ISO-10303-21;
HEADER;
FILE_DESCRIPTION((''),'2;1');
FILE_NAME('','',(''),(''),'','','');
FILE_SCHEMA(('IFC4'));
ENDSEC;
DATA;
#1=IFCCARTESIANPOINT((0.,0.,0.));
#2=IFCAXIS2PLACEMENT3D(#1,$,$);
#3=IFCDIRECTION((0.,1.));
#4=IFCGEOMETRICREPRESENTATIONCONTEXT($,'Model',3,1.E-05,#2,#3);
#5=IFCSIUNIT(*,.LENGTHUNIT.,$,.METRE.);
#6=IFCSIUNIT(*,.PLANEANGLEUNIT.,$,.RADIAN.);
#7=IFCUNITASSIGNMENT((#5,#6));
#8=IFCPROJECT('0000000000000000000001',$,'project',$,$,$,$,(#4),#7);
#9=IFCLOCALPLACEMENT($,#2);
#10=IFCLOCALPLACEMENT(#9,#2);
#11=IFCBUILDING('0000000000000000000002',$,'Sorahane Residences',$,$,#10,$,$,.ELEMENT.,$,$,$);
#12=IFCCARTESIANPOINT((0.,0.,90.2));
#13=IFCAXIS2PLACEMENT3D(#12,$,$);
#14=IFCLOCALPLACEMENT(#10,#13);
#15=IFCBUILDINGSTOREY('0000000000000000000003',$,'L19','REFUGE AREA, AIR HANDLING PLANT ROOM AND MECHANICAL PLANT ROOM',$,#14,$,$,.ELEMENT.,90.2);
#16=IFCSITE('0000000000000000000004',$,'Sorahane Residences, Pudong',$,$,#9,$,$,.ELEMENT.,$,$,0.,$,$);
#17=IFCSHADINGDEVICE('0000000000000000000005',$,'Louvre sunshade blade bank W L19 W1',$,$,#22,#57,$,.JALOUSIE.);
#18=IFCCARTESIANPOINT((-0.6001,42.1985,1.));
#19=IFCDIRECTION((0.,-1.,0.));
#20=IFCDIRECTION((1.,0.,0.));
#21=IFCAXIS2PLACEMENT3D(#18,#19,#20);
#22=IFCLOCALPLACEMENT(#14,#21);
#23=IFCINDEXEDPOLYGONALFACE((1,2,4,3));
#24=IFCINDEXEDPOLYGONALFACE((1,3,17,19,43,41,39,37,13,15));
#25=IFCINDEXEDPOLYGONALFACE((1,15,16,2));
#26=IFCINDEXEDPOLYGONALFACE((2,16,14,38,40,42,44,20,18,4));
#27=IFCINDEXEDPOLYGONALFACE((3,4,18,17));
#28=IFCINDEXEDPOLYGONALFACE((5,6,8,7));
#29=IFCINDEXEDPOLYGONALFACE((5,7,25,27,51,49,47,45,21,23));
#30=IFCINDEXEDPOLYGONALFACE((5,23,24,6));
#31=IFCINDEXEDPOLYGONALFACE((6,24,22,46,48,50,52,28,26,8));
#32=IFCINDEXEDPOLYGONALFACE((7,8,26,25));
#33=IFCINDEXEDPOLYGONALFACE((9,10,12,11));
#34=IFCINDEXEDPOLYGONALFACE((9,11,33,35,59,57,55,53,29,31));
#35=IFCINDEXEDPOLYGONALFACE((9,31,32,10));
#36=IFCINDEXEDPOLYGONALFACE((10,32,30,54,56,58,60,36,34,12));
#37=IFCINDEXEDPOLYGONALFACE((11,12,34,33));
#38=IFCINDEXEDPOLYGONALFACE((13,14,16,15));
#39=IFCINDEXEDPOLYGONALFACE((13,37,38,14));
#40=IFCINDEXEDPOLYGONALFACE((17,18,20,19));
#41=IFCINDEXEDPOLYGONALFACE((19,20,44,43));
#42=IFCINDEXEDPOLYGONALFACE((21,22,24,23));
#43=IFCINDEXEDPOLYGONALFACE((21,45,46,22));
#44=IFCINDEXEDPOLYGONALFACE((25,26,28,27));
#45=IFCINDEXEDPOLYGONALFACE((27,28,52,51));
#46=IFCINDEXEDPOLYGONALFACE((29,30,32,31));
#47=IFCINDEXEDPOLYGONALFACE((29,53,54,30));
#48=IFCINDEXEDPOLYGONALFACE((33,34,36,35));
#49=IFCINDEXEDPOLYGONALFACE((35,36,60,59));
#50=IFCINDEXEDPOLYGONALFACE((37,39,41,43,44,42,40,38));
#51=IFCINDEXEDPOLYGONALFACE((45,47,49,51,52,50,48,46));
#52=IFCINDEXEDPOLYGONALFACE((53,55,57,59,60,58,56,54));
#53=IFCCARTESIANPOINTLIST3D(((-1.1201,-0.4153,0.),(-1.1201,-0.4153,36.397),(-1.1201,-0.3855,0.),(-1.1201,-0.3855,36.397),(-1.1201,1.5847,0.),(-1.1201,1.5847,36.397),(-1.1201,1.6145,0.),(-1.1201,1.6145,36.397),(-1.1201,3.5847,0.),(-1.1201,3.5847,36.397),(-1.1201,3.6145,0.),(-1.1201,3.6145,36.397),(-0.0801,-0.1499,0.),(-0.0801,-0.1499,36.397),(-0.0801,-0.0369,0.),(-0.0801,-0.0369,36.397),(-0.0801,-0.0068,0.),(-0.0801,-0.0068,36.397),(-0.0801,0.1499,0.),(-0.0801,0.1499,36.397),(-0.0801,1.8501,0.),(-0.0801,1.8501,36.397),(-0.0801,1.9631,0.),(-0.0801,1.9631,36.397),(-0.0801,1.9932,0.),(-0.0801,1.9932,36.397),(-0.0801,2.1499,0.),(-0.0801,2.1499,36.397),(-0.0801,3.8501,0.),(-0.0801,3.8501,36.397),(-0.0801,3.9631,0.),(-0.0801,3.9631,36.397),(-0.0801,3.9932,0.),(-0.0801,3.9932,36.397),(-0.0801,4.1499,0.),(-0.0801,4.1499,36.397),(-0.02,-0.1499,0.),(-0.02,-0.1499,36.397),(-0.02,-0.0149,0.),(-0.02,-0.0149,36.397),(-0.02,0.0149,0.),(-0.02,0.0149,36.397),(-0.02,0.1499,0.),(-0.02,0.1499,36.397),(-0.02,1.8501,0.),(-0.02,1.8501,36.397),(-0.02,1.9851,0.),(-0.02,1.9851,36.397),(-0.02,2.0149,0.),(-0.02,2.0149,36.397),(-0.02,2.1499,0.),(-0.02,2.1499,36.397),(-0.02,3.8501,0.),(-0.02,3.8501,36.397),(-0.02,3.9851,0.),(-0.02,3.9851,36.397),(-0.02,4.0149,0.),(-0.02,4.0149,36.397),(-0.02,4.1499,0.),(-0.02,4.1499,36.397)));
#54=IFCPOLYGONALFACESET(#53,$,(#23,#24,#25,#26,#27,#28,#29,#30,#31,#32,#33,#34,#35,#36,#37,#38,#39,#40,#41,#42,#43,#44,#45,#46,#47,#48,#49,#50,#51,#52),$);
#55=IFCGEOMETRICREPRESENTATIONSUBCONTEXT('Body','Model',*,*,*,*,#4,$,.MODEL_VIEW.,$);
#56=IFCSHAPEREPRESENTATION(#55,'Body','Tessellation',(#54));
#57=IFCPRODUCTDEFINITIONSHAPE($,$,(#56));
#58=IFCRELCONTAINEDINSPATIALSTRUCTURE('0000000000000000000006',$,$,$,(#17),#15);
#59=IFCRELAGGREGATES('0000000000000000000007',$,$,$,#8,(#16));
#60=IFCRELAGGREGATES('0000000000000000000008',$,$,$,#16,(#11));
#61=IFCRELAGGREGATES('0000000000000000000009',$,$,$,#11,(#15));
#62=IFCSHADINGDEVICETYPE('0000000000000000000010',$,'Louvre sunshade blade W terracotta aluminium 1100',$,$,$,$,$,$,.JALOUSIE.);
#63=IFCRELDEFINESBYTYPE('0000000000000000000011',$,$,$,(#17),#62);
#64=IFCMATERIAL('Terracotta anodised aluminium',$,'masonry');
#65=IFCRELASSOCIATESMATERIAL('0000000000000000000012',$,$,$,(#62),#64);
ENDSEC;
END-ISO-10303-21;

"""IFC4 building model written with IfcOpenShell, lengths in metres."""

from ifc_helpers import new_model, si_unit, direction, frame, origin, place, context, subcontext, project, spatial, polyline, outline, composite_profile, extrude, material, type_object, element, save


model = new_model("IFC4")

# Units and contexts
model_context = context("Model", 3, precision=1e-05, world=origin(), true_north=direction((0.0, 1.0)))
body_context = subcontext(model_context, "Body", "Model", "MODEL_VIEW")
ifc_project = project(units=[si_unit("LENGTHUNIT", "METRE"), si_unit("PLANEANGLEUNIT", "RADIAN")], contexts=[model_context])

# Site, building, storey
site_placement = place(None, origin())
site = spatial("IfcSite", under=ifc_project, at=site_placement, Name="Sorahane Residences, Pudong", CompositionType="ELEMENT", RefElevation=0.0)
building_placement = place(site_placement, origin())
building = spatial("IfcBuilding", under=site, at=building_placement, Name="Sorahane Residences", CompositionType="ELEMENT")
storey_placement = place(building_placement, frame((0.0, 0.0, 90.2)))
storey = spatial("IfcBuildingStorey", under=building, at=storey_placement, Name="L19", Description="REFUGE AREA, AIR HANDLING PLANT ROOM AND MECHANICAL PLANT ROOM", CompositionType="ELEMENT", Elevation=90.2)

# Shading device
ifc_material_1 = material(Name="Terracotta anodised aluminium", Category="masonry")
shading_device_type = type_object("IfcShadingDeviceType", Name="Louvre sunshade blade W terracotta aluminium 1100", PredefinedType="JALOUSIE", material=ifc_material_1)
shading_device_placement = place(storey_placement, frame((-0.6001, 42.1985, 1.0), z_axis=(0.0, -1.0, 0.0), x_axis=(1.0, 0.0, 0.0)))
element("IfcShadingDevice", 1, at=shading_device_placement, inside=storey, type_object=shading_device_type, Name="Louvre sunshade blade bank W L19 W1", PredefinedType="JALOUSIE", context=body_context, shape_type="SweptSolid", body=[
    extrude(composite_profile([outline(polyline([(-1.1201, -0.3855), (-1.1201, -0.4153), (-0.0801, -0.0369), (-0.0801, -0.1499), (-0.02, -0.1499), (-0.02, -0.0149), (-0.02, 0.0149), (-0.02, 0.1499), (-0.0801, 0.1499), (-0.0801, -0.0068), (-1.1201, -0.3855)])), outline(polyline([(-1.1201, 1.6145), (-1.1201, 1.5847), (-0.0801, 1.9631), (-0.0801, 1.8501), (-0.02, 1.8501), (-0.02, 1.9851), (-0.02, 2.0149), (-0.02, 2.1499), (-0.0801, 2.1499), (-0.0801, 1.9932), (-1.1201, 1.6145)])), outline(polyline([(-1.1201, 3.6145), (-1.1201, 3.5847), (-0.0801, 3.9631), (-0.0801, 3.8501), (-0.02, 3.8501), (-0.02, 3.9851), (-0.02, 4.0149), (-0.02, 4.1499), (-0.0801, 4.1499), (-0.0801, 3.9932), (-1.1201, 3.6145)]))]), origin(), (0.0, 0.0, 1.0), 36.397),
])

save(model, "model.ifc")
